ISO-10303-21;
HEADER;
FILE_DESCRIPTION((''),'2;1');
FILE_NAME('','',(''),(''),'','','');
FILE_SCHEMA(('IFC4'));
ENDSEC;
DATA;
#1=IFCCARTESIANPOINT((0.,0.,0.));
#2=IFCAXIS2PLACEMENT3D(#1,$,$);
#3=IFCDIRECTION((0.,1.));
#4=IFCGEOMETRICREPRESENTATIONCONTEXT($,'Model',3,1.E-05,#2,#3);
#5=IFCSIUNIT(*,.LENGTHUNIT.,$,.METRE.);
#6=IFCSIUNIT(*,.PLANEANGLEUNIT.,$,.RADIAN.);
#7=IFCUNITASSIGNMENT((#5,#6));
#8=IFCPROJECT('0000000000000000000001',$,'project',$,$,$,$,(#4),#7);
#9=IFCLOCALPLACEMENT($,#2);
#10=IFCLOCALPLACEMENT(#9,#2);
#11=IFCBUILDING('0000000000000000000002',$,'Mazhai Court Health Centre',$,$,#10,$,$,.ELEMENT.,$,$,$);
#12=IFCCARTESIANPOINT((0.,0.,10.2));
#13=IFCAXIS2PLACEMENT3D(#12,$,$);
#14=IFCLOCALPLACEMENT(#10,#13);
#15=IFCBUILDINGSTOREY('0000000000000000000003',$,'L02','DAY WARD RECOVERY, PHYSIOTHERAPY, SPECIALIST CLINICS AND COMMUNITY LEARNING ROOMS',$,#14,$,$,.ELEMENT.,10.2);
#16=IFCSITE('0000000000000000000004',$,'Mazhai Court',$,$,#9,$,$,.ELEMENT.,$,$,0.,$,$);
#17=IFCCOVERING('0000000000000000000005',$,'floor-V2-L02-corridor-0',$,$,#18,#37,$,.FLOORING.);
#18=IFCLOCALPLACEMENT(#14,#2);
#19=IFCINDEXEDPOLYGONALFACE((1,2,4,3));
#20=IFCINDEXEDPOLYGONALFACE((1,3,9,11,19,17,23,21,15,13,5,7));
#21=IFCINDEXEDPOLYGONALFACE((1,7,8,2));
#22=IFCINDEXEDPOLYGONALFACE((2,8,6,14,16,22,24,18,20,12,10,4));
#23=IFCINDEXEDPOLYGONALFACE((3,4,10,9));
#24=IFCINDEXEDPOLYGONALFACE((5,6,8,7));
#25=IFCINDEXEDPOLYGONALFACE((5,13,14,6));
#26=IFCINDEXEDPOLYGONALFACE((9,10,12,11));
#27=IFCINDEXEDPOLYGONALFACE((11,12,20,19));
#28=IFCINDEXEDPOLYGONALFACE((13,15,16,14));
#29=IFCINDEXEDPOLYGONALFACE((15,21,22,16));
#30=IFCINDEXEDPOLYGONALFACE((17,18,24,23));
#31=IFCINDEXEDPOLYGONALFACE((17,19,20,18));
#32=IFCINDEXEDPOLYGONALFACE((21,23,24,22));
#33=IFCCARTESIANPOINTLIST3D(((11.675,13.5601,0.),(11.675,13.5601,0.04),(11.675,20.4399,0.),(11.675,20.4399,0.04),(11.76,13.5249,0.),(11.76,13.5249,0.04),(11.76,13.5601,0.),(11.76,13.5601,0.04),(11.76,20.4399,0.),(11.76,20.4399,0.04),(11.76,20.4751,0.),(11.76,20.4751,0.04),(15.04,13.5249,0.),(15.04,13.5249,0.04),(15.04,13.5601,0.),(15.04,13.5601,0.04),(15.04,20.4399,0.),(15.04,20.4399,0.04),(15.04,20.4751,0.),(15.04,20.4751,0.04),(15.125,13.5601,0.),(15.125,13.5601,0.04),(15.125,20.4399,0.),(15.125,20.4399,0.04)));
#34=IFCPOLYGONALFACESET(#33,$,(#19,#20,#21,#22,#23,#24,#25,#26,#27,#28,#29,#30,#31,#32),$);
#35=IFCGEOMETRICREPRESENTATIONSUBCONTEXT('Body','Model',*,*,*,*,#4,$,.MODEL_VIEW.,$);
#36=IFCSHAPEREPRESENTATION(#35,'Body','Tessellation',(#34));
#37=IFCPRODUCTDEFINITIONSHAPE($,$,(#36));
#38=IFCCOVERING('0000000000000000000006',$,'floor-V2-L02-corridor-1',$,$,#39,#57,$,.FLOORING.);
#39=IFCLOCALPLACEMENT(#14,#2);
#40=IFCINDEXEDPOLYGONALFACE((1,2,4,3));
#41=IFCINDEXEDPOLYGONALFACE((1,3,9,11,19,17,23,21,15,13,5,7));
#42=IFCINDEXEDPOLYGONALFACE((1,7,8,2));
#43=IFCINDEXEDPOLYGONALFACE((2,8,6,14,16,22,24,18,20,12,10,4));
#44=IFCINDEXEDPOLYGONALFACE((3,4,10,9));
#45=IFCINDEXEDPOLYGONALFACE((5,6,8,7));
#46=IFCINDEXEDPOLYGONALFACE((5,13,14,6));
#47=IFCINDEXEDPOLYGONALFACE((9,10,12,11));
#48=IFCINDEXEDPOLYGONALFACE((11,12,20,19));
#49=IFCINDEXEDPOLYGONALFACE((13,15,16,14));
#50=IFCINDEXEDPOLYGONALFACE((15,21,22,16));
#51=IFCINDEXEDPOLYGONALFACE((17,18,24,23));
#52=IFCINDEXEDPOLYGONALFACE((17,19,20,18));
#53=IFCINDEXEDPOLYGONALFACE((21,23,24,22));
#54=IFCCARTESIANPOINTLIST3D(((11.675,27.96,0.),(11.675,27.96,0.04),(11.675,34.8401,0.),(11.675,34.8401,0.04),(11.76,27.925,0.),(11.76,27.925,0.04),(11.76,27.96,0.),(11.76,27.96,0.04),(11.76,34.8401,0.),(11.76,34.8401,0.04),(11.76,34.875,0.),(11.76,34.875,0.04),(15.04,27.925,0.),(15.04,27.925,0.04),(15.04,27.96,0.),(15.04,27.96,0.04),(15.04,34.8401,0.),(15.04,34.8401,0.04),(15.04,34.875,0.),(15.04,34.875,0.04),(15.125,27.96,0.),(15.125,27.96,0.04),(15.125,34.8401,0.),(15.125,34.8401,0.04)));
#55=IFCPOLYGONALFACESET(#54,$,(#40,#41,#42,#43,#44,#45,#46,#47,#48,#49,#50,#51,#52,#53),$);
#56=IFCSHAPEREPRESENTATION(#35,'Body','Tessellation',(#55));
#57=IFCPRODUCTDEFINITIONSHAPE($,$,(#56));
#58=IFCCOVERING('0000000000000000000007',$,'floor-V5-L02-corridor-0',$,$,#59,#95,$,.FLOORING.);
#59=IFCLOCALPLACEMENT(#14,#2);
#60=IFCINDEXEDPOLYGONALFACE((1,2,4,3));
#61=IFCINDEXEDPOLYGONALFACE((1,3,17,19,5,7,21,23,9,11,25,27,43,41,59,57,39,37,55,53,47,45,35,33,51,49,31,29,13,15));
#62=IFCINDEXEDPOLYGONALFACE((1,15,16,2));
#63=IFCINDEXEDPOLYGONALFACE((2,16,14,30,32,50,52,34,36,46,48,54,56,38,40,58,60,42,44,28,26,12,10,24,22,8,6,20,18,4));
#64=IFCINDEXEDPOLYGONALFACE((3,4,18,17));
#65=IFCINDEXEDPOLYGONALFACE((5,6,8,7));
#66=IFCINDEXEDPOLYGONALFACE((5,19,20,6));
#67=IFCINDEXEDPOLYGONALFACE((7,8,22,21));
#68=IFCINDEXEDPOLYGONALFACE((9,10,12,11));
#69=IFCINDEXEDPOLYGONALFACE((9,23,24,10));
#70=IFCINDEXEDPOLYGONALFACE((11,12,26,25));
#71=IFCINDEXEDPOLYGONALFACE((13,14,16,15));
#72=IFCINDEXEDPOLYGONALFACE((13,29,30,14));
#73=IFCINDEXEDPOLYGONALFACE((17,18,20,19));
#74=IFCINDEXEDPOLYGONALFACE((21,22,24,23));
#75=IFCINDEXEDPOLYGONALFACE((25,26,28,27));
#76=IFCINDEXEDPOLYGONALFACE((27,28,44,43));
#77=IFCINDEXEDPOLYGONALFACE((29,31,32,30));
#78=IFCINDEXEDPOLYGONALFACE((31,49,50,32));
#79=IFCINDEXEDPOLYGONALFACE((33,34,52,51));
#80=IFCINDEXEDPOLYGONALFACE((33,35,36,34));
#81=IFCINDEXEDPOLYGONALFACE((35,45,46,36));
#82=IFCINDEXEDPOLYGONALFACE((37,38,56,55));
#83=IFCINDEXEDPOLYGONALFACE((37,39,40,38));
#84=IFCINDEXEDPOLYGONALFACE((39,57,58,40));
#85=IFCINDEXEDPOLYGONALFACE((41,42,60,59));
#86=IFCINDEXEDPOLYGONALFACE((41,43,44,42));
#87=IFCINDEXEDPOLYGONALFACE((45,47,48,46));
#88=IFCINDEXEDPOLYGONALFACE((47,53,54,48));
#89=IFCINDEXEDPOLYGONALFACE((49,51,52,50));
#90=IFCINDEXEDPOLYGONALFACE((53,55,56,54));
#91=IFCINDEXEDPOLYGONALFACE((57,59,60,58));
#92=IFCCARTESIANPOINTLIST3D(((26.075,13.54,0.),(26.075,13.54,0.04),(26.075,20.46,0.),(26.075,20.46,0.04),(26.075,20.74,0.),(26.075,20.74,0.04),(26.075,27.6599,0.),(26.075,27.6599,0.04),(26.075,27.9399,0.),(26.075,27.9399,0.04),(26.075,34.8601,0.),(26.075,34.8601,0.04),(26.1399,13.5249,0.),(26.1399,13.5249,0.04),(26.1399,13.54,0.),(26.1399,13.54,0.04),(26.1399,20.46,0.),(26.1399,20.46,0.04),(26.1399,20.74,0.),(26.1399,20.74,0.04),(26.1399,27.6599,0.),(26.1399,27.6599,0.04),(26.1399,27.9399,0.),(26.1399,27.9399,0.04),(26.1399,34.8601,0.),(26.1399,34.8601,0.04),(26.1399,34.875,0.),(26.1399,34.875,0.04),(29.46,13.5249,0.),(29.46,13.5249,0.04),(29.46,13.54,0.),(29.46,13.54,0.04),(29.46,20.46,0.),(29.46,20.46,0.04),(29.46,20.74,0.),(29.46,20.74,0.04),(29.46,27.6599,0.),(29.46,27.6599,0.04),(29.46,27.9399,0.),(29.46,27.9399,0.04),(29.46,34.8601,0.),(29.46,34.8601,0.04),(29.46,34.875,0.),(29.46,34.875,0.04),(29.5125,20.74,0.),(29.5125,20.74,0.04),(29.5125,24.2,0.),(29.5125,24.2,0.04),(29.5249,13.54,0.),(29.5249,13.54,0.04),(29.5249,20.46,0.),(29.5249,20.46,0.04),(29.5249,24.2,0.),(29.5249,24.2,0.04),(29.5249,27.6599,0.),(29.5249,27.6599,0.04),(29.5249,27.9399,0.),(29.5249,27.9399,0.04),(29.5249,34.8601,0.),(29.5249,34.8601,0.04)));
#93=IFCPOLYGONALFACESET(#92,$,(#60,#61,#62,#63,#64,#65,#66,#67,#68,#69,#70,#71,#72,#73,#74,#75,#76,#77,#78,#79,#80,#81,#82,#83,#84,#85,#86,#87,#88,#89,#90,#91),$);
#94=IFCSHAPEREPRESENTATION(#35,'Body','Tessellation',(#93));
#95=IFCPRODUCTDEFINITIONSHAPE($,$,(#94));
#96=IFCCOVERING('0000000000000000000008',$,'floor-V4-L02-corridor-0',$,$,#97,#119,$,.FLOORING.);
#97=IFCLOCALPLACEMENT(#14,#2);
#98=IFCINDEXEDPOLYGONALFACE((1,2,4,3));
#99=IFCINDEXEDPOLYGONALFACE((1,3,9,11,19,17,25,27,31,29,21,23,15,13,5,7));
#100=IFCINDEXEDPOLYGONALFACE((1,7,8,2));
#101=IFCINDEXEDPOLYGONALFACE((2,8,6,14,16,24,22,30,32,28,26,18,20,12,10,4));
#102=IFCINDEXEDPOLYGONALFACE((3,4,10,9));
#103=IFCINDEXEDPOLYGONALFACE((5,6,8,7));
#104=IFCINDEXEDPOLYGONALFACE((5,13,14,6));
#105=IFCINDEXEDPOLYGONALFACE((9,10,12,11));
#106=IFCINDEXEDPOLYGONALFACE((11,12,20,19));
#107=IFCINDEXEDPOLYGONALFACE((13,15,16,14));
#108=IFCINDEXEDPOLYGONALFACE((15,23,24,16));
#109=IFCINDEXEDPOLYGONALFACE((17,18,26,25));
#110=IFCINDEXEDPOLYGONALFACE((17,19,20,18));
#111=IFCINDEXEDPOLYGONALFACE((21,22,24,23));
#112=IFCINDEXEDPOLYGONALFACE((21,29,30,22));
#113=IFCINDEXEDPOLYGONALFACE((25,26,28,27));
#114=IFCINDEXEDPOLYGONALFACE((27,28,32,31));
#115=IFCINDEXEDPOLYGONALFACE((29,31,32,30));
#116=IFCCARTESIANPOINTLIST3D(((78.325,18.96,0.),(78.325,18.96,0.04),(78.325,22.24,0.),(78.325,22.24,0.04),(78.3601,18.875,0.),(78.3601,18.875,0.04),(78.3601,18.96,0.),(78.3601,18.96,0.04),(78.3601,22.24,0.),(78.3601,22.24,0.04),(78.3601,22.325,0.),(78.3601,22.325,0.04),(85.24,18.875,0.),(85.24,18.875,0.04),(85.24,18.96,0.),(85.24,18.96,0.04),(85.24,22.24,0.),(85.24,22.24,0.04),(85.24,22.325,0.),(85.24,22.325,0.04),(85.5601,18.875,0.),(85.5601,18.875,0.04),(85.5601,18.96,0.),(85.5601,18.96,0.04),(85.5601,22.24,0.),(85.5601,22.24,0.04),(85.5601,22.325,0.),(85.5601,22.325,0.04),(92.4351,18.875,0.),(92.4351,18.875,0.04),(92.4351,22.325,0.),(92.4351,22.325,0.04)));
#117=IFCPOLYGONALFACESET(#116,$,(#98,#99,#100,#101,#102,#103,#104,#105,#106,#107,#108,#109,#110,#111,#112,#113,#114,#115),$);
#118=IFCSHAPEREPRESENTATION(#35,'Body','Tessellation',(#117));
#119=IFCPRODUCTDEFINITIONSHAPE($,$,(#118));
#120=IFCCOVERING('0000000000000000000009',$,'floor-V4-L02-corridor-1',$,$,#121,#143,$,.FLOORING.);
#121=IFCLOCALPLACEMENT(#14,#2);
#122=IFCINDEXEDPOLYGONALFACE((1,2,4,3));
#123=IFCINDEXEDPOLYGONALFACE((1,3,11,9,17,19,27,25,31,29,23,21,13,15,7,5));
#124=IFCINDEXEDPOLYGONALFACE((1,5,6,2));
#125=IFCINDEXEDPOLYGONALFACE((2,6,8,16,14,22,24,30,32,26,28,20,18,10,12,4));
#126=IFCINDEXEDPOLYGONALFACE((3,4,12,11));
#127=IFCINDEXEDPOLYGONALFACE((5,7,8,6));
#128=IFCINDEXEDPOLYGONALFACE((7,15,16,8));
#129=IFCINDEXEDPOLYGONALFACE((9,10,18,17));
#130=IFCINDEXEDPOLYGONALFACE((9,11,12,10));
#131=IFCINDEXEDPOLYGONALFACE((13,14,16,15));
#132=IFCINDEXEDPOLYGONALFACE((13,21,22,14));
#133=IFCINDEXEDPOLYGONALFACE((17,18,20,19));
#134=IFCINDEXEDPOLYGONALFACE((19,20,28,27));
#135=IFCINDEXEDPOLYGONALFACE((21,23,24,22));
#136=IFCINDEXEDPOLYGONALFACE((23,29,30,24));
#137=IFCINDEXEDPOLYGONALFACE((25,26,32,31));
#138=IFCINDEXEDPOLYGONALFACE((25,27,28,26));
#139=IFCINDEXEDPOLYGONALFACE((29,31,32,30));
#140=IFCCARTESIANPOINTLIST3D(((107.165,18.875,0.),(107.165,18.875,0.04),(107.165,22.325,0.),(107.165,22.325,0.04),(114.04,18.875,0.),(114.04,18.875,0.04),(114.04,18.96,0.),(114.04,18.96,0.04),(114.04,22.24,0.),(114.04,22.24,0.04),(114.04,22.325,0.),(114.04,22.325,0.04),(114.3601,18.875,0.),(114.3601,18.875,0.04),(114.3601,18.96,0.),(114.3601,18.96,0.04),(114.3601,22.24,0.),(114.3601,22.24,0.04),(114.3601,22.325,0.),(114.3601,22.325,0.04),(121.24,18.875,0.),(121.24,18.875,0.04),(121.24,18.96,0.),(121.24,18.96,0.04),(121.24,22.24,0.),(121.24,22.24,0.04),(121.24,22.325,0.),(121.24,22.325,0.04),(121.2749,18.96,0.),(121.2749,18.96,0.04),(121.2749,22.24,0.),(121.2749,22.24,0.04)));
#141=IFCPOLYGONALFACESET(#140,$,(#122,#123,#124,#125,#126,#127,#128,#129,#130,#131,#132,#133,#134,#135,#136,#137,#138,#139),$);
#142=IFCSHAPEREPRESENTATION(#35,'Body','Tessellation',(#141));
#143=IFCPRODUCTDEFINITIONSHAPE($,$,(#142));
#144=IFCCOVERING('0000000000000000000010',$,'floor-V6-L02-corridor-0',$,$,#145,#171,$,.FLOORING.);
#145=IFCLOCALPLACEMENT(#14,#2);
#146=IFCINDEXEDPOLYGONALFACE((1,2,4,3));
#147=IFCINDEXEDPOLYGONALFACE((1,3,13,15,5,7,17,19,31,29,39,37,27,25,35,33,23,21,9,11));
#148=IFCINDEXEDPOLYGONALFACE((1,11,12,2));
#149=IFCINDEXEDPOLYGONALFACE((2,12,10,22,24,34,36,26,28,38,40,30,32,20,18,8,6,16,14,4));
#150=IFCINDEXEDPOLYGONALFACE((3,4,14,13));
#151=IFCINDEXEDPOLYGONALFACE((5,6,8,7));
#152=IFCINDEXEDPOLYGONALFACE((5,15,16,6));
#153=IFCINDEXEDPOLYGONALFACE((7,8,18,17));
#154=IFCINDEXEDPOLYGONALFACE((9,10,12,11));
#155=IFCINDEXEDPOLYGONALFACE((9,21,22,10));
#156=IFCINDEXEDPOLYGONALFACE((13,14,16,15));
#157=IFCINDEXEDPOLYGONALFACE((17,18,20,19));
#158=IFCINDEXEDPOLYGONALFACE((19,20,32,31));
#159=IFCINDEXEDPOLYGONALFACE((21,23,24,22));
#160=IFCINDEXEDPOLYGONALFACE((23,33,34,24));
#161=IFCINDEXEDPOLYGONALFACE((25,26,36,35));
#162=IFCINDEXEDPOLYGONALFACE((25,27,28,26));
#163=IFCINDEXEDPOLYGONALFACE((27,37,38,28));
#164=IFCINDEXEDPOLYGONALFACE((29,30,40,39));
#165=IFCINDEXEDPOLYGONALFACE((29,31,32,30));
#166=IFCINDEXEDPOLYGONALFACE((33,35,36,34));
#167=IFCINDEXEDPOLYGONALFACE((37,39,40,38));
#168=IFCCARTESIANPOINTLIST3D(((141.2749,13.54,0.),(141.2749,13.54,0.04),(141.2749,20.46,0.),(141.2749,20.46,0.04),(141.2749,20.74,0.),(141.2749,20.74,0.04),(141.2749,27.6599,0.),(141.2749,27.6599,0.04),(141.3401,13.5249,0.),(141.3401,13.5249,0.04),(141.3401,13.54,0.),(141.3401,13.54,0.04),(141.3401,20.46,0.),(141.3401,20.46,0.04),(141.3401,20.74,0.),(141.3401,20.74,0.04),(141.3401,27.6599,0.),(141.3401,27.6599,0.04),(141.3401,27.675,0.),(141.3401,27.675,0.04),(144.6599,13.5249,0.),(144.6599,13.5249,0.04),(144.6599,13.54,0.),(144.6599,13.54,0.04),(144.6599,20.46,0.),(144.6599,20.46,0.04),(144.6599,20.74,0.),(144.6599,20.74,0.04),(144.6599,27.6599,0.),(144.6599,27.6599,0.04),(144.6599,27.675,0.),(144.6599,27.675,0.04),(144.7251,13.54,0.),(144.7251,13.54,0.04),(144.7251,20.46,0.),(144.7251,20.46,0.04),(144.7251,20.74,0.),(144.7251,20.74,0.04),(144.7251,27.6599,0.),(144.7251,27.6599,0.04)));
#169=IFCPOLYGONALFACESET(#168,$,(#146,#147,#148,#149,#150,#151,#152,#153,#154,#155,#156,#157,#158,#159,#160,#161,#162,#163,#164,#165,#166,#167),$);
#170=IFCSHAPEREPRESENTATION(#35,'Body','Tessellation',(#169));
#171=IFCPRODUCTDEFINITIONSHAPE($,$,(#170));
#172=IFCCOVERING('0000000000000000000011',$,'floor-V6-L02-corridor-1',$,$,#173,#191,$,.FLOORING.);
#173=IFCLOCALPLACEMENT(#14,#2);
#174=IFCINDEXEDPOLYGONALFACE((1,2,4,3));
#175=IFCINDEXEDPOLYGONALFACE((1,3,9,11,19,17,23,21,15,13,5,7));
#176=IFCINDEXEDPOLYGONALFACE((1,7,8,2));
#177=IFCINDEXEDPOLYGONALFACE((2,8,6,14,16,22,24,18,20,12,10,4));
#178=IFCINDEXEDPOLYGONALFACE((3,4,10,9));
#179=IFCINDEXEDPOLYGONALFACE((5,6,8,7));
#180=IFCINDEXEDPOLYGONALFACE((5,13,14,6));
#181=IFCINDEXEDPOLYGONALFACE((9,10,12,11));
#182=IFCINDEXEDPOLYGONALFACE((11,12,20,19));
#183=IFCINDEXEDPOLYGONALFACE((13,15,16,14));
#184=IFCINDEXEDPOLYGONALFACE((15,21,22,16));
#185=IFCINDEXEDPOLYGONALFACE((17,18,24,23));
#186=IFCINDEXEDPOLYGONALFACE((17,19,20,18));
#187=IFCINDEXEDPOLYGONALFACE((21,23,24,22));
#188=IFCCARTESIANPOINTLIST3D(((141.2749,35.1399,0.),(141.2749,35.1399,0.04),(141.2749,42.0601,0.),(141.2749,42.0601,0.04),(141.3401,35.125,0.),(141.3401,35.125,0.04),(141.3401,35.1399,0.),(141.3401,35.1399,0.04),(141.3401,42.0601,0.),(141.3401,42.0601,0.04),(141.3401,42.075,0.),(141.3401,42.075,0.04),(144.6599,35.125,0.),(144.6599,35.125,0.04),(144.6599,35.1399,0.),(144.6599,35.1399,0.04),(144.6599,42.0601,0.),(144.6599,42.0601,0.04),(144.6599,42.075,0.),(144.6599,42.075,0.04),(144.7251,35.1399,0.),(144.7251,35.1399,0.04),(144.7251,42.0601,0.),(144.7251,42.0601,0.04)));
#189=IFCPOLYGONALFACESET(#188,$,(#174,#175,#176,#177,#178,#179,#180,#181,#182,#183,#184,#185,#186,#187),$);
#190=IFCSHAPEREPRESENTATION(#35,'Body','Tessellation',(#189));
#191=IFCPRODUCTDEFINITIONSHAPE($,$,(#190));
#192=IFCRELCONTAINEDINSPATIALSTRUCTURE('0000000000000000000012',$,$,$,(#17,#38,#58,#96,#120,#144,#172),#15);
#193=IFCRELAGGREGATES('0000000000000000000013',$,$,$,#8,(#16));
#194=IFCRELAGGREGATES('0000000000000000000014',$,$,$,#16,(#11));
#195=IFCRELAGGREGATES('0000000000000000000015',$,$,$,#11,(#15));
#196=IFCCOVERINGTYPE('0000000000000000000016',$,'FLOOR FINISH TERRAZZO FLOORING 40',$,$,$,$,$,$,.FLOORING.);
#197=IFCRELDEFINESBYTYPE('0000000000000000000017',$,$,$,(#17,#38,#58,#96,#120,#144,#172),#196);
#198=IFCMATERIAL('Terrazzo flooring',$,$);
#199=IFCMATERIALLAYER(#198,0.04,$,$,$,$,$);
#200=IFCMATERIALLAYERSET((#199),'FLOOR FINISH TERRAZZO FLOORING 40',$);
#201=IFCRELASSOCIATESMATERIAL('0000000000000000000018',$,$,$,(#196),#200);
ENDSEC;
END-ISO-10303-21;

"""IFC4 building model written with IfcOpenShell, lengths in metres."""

from ifc_helpers import new_model, si_unit, direction, frame, origin, place, context, subcontext, project, spatial, polyline, outline, extrude, material, layer, layer_set, type_object, element, save


model = new_model("IFC4")

# Units and contexts
model_context = context("Model", 3, precision=1e-05, world=origin(), true_north=direction((0.0, 1.0)))
body_context = subcontext(model_context, "Body", "Model", "MODEL_VIEW")
ifc_project = project(units=[si_unit("LENGTHUNIT", "METRE"), si_unit("PLANEANGLEUNIT", "RADIAN")], contexts=[model_context])

# Site, building, storey
site_placement = place(None, origin())
site = spatial("IfcSite", under=ifc_project, at=site_placement, Name="Mazhai Court", CompositionType="ELEMENT", RefElevation=0.0)
building_placement = place(site_placement, origin())
building = spatial("IfcBuilding", under=site, at=building_placement, Name="Mazhai Court Health Centre", CompositionType="ELEMENT")
storey_placement = place(building_placement, frame((0.0, 0.0, 10.2)))
storey = spatial("IfcBuildingStorey", under=building, at=storey_placement, Name="L02", Description="DAY WARD RECOVERY, PHYSIOTHERAPY, SPECIALIST CLINICS AND COMMUNITY LEARNING ROOMS", CompositionType="ELEMENT", Elevation=10.2)

# Coverings
ifc_material_1 = material(Name="Terrazzo flooring")
ifc_layer_1 = layer(ifc_material_1, 0.04)
ifc_layer_set_1 = layer_set([ifc_layer_1], Name="FLOOR FINISH TERRAZZO FLOORING 40")
covering_type_1 = type_object("IfcCoveringType", Name="FLOOR FINISH TERRAZZO FLOORING 40", PredefinedType="FLOORING", material=ifc_layer_set_1)
covering_1_placement = place(storey_placement, origin())
element("IfcCovering", 1, at=covering_1_placement, inside=storey, type_object=covering_type_1, Name="floor-V2-L02-corridor-0", PredefinedType="FLOORING", context=body_context, shape_type="SweptSolid", body=[
    extrude(outline(polyline([(15.04, 13.5249), (15.04, 13.5601), (15.125, 13.5601), (15.125, 20.4399), (15.04, 20.4399), (15.04, 20.4751), (11.76, 20.4751), (11.76, 20.4399), (11.675, 20.4399), (11.675, 13.5601), (11.76, 13.5601), (11.76, 13.5249), (15.04, 13.5249)])), origin(), (0.0, 0.0, 1.0), 0.04),
])
covering_2_placement = place(storey_placement, origin())
element("IfcCovering", 2, at=covering_2_placement, inside=storey, type_object=covering_type_1, Name="floor-V2-L02-corridor-1", PredefinedType="FLOORING", context=body_context, shape_type="SweptSolid", body=[
    extrude(outline(polyline([(15.04, 27.925), (15.04, 27.96), (15.125, 27.96), (15.125, 34.8401), (15.04, 34.8401), (15.04, 34.875), (11.76, 34.875), (11.76, 34.8401), (11.675, 34.8401), (11.675, 27.96), (11.76, 27.96), (11.76, 27.925), (15.04, 27.925)])), origin(), (0.0, 0.0, 1.0), 0.04),
])
covering_3_placement = place(storey_placement, origin())
element("IfcCovering", 3, at=covering_3_placement, inside=storey, type_object=covering_type_1, Name="floor-V5-L02-corridor-0", PredefinedType="FLOORING", context=body_context, shape_type="SweptSolid", body=[
    extrude(outline(polyline([(29.46, 13.5249), (29.46, 13.54), (29.5249, 13.54), (29.5249, 20.46), (29.46, 20.46), (29.46, 20.74), (29.5125, 20.74), (29.5125, 24.2), (29.5249, 24.2), (29.5249, 27.6599), (29.46, 27.6599), (29.46, 27.9399), (29.5249, 27.9399), (29.5249, 34.8601), (29.46, 34.8601), (29.46, 34.875), (26.1399, 34.875), (26.1399, 34.8601), (26.075, 34.8601), (26.075, 27.9399), (26.1399, 27.9399), (26.1399, 27.6599), (26.075, 27.6599), (26.075, 20.74), (26.1399, 20.74), (26.1399, 20.46), (26.075, 20.46), (26.075, 13.54), (26.1399, 13.54), (26.1399, 13.5249), (29.46, 13.5249)])), origin(), (0.0, 0.0, 1.0), 0.04),
])
covering_4_placement = place(storey_placement, origin())
element("IfcCovering", 4, at=covering_4_placement, inside=storey, type_object=covering_type_1, Name="floor-V4-L02-corridor-0", PredefinedType="FLOORING", context=body_context, shape_type="SweptSolid", body=[
    extrude(outline(polyline([(92.4351, 22.325), (85.5601, 22.325), (85.5601, 22.24), (85.24, 22.24), (85.24, 22.325), (78.3601, 22.325), (78.3601, 22.24), (78.325, 22.24), (78.325, 18.96), (78.3601, 18.96), (78.3601, 18.875), (85.24, 18.875), (85.24, 18.96), (85.5601, 18.96), (85.5601, 18.875), (92.4351, 18.875), (92.4351, 22.325)])), origin(), (0.0, 0.0, 1.0), 0.04),
])
covering_5_placement = place(storey_placement, origin())
element("IfcCovering", 5, at=covering_5_placement, inside=storey, type_object=covering_type_1, Name="floor-V4-L02-corridor-1", PredefinedType="FLOORING", context=body_context, shape_type="SweptSolid", body=[
    extrude(outline(polyline([(121.2749, 22.24), (121.24, 22.24), (121.24, 22.325), (114.3601, 22.325), (114.3601, 22.24), (114.04, 22.24), (114.04, 22.325), (107.165, 22.325), (107.165, 18.875), (114.04, 18.875), (114.04, 18.96), (114.3601, 18.96), (114.3601, 18.875), (121.24, 18.875), (121.24, 18.96), (121.2749, 18.96), (121.2749, 22.24)])), origin(), (0.0, 0.0, 1.0), 0.04),
])
covering_6_placement = place(storey_placement, origin())
element("IfcCovering", 6, at=covering_6_placement, inside=storey, type_object=covering_type_1, Name="floor-V6-L02-corridor-0", PredefinedType="FLOORING", context=body_context, shape_type="SweptSolid", body=[
    extrude(outline(polyline([(144.6599, 13.5249), (144.6599, 13.54), (144.7251, 13.54), (144.7251, 20.46), (144.6599, 20.46), (144.6599, 20.74), (144.7251, 20.74), (144.7251, 27.6599), (144.6599, 27.6599), (144.6599, 27.675), (141.3401, 27.675), (141.3401, 27.6599), (141.2749, 27.6599), (141.2749, 20.74), (141.3401, 20.74), (141.3401, 20.46), (141.2749, 20.46), (141.2749, 13.54), (141.3401, 13.54), (141.3401, 13.5249), (144.6599, 13.5249)])), origin(), (0.0, 0.0, 1.0), 0.04),
])
covering_7_placement = place(storey_placement, origin())
element("IfcCovering", 7, at=covering_7_placement, inside=storey, type_object=covering_type_1, Name="floor-V6-L02-corridor-1", PredefinedType="FLOORING", context=body_context, shape_type="SweptSolid", body=[
    extrude(outline(polyline([(144.6599, 35.125), (144.6599, 35.1399), (144.7251, 35.1399), (144.7251, 42.0601), (144.6599, 42.0601), (144.6599, 42.075), (141.3401, 42.075), (141.3401, 42.0601), (141.2749, 42.0601), (141.2749, 35.1399), (141.3401, 35.1399), (141.3401, 35.125), (144.6599, 35.125)])), origin(), (0.0, 0.0, 1.0), 0.04),
])

save(model, "model.ifc")
